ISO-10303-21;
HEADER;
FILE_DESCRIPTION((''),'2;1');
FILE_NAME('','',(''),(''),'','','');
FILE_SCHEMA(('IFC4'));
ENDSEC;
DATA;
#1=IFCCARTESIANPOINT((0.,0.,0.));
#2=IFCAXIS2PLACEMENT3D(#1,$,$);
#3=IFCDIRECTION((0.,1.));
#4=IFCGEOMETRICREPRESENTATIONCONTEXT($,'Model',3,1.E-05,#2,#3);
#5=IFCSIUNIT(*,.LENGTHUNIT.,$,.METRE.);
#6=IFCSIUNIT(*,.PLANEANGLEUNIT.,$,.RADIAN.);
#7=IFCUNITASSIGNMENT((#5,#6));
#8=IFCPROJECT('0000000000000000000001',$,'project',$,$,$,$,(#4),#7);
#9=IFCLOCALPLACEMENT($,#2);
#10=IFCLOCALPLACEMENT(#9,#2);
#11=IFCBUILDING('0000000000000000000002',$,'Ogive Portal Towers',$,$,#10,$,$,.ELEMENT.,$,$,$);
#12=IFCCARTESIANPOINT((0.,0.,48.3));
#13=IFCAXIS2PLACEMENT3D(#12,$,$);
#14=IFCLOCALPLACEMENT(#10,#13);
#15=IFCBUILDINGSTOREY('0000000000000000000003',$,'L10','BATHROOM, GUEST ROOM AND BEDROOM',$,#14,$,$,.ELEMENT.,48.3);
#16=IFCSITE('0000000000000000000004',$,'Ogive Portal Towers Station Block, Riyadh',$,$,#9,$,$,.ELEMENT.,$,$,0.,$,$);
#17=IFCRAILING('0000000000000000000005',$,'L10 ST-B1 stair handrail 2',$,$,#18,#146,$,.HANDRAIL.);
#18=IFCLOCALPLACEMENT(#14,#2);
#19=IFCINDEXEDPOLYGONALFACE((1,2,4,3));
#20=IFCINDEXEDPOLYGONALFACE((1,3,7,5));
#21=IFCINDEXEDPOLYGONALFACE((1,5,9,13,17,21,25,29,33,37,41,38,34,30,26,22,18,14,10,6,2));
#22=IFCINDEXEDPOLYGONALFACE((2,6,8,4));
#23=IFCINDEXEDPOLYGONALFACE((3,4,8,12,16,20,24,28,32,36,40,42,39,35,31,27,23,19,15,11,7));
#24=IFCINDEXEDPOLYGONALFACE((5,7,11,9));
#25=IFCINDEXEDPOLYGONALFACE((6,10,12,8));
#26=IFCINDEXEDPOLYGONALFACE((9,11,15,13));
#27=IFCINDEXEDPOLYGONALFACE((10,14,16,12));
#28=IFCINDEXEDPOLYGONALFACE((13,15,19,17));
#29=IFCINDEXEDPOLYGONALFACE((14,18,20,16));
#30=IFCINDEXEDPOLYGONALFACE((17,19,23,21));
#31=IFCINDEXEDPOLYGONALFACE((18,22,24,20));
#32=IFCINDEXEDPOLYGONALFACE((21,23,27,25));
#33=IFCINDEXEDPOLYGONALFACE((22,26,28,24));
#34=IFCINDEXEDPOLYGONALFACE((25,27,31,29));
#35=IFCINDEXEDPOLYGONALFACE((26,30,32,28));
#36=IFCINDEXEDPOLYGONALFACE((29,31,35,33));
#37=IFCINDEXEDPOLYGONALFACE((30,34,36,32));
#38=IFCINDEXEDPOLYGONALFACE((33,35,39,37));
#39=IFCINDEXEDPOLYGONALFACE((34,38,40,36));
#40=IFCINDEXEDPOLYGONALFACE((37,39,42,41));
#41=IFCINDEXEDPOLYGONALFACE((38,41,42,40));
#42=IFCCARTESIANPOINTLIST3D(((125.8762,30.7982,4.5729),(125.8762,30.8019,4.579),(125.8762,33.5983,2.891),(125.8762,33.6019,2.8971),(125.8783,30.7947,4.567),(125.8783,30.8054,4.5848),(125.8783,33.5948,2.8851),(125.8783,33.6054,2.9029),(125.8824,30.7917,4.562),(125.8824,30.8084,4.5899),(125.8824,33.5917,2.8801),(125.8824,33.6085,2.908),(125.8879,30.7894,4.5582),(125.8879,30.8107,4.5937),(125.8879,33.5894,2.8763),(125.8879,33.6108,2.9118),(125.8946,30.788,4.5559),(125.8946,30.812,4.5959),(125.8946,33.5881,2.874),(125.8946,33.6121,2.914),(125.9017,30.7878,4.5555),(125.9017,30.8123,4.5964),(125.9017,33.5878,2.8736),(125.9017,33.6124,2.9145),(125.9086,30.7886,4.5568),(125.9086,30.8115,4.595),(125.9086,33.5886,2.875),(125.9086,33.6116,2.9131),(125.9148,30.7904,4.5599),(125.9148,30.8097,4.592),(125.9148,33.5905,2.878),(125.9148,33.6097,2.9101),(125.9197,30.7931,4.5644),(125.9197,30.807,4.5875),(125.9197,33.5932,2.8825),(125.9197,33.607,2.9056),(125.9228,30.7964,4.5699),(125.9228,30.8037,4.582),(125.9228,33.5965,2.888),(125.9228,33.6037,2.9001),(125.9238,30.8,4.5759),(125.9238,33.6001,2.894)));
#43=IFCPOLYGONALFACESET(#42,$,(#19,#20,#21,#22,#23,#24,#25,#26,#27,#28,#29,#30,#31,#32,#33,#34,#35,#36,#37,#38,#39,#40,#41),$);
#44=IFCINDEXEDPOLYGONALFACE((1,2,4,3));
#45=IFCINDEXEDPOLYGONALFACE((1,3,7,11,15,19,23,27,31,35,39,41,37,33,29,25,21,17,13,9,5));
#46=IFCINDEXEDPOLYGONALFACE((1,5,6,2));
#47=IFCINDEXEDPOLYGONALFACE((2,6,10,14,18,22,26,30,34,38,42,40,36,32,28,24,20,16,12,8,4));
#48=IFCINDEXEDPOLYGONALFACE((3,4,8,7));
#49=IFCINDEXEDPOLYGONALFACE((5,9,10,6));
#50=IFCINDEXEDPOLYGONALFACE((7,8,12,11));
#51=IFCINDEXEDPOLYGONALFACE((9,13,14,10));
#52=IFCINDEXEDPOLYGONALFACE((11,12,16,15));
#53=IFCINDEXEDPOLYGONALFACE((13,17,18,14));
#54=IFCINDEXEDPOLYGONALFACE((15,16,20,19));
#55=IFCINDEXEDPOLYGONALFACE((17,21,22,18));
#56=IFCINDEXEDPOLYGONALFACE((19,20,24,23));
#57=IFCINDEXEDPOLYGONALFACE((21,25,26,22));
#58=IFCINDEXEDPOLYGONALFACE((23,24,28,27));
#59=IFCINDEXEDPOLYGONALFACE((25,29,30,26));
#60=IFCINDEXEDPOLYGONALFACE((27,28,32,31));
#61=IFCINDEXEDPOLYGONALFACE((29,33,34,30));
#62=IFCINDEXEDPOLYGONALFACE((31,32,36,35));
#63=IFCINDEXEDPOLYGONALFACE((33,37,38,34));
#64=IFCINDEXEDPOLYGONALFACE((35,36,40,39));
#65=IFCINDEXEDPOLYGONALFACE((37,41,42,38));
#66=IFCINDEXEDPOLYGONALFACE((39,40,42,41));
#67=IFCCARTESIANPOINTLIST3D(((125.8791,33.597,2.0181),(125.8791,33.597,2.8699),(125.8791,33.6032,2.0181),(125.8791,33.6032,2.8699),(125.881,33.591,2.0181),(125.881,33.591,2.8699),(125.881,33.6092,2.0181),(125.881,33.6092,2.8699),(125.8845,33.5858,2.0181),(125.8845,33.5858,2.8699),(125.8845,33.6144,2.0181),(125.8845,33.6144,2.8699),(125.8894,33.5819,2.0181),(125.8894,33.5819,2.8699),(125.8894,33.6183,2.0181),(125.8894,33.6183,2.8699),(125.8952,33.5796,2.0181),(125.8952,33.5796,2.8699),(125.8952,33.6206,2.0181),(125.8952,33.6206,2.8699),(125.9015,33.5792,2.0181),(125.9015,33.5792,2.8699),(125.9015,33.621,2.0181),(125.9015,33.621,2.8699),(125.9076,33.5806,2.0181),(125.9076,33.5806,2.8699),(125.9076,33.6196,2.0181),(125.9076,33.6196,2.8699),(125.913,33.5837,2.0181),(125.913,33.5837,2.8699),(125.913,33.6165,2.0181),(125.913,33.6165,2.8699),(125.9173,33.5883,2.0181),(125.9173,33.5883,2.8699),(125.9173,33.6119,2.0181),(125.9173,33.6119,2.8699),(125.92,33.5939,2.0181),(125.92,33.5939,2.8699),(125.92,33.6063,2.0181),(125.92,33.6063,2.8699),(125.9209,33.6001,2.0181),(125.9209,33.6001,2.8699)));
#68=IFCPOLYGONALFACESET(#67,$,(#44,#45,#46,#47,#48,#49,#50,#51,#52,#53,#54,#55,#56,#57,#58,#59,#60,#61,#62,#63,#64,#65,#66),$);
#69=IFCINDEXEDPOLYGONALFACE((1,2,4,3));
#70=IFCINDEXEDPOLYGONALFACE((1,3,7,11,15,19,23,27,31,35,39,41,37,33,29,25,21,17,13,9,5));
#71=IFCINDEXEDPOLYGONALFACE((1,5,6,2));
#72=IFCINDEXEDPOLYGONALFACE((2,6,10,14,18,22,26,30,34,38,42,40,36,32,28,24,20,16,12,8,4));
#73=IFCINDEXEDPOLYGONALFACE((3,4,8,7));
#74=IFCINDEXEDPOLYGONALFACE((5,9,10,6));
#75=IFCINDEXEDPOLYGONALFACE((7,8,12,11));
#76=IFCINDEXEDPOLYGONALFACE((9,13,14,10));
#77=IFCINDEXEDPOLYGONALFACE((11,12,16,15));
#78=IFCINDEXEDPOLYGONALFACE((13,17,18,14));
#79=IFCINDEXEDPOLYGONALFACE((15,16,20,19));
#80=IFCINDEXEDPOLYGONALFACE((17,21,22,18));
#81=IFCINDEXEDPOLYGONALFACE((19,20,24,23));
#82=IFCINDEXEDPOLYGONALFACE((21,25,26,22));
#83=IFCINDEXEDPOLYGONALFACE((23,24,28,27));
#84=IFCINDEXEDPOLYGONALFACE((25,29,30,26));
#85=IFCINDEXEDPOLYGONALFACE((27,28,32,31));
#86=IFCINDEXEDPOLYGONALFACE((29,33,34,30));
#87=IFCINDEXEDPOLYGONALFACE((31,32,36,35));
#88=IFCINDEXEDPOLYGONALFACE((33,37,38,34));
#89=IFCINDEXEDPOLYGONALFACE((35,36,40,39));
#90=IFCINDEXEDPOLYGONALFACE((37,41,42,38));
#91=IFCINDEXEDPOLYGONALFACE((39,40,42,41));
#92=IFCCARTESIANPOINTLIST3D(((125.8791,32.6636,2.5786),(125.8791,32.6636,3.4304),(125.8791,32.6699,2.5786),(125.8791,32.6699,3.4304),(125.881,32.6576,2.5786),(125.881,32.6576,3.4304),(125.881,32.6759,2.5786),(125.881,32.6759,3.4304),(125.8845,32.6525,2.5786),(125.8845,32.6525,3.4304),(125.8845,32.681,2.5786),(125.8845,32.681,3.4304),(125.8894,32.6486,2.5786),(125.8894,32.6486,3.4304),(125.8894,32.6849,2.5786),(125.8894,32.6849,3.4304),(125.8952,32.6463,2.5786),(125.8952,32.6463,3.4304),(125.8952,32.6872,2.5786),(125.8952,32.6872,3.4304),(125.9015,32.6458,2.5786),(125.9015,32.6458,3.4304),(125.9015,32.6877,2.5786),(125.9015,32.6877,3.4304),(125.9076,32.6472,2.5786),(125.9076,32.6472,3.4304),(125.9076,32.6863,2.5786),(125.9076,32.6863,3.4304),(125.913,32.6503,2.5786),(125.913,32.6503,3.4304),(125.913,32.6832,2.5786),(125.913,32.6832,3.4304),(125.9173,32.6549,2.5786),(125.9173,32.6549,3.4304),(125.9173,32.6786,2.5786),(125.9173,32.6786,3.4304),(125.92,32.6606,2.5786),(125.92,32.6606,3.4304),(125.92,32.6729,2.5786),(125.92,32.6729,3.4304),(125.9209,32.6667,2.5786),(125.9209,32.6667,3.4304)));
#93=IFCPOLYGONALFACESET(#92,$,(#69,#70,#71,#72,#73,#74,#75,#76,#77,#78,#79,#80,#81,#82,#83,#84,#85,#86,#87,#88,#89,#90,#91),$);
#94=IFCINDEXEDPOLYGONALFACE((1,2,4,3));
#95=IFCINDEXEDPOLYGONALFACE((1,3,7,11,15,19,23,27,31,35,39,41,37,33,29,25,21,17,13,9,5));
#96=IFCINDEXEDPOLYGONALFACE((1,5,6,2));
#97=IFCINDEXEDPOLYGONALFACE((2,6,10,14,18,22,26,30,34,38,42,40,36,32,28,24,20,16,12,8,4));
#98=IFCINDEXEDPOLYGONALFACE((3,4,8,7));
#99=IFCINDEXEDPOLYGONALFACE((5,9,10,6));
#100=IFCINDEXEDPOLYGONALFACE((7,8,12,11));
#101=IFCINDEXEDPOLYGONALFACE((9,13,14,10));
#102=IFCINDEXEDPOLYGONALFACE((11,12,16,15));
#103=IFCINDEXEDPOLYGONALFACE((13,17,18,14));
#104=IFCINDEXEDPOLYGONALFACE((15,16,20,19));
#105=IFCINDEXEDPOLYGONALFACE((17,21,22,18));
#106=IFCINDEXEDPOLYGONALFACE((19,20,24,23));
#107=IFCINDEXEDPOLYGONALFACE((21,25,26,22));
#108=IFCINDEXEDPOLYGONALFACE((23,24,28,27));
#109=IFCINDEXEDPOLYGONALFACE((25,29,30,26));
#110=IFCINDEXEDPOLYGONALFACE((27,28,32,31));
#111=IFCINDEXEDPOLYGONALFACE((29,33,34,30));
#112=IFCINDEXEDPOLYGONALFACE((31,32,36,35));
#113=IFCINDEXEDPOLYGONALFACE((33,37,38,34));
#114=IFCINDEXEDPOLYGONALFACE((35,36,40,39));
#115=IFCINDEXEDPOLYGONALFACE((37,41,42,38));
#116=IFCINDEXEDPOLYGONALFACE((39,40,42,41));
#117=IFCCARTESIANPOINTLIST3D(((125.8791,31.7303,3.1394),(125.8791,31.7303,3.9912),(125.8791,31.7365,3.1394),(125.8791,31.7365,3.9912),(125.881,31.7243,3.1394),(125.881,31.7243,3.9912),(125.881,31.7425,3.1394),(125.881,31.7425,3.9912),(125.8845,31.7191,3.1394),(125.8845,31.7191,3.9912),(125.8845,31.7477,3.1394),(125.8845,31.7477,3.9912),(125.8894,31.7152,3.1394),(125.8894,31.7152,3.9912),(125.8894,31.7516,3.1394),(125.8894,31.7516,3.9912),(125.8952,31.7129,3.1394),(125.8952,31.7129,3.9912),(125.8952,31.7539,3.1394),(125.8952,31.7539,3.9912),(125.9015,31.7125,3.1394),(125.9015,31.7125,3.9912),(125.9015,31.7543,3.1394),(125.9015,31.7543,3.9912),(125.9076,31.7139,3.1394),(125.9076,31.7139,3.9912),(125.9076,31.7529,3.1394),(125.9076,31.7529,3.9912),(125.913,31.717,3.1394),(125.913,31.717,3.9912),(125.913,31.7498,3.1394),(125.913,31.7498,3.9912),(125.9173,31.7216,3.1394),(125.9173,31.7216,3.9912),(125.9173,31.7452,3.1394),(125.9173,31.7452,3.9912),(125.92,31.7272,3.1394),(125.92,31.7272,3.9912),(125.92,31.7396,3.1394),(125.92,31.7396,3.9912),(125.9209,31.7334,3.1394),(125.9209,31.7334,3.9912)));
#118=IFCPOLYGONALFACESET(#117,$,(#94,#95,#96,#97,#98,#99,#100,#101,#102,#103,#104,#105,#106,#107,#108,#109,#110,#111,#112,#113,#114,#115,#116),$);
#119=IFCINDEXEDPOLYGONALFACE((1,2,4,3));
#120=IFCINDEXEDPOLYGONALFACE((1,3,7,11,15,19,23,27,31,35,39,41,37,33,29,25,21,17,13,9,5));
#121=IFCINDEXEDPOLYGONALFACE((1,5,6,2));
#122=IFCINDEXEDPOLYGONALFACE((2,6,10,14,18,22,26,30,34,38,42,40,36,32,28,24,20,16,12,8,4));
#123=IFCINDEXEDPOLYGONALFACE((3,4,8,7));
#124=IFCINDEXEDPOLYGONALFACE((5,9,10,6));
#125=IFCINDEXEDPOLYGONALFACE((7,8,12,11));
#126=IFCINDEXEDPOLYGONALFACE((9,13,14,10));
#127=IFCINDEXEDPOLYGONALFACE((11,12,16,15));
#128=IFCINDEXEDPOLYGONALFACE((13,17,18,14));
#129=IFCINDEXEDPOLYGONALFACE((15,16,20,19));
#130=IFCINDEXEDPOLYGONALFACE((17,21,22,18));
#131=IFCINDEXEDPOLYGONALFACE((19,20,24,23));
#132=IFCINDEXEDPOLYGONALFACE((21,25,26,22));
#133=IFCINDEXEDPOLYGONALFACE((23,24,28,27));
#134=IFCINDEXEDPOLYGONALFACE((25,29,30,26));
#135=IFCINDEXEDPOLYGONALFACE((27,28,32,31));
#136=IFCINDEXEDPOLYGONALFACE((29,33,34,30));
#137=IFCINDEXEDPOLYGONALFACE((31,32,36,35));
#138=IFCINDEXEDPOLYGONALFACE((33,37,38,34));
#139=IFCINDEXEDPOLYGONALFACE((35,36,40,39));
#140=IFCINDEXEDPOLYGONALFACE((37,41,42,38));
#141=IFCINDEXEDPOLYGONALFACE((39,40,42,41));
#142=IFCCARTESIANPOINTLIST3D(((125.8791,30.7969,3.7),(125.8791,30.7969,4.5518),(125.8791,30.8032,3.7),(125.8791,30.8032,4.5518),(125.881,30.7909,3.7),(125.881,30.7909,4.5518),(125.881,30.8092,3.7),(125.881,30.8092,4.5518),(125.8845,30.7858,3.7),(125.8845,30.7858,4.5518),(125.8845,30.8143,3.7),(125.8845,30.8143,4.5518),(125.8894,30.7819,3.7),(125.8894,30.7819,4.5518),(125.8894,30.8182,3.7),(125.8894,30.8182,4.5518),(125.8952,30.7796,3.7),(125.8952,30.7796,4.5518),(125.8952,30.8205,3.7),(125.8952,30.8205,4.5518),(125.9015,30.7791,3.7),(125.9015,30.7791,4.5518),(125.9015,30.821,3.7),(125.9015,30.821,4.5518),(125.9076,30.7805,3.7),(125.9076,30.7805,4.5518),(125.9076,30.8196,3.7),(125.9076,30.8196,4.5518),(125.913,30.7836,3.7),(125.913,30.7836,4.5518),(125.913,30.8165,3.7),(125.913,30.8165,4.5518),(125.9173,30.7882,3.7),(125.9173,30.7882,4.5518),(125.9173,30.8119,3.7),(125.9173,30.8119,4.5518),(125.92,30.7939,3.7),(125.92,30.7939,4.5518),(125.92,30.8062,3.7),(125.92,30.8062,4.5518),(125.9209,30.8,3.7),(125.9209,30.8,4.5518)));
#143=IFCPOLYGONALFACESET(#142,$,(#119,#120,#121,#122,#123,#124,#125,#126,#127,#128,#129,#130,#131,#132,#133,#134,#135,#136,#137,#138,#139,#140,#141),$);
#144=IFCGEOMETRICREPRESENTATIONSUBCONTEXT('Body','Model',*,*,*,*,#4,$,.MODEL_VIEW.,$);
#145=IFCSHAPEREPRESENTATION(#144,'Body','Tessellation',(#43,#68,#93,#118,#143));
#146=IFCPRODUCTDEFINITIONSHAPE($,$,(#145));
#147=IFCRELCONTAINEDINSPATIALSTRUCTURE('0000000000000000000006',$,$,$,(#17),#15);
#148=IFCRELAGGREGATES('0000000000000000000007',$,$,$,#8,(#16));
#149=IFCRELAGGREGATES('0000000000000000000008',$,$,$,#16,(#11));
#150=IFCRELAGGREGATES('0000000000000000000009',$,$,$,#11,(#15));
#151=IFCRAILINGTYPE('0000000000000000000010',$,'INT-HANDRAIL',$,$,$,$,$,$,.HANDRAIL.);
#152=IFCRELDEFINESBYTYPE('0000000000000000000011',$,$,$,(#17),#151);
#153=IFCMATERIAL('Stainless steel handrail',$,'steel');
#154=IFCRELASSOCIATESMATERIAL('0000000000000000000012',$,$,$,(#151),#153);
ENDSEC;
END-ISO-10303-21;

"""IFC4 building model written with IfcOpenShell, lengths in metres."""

from ifc_helpers import new_model, si_unit, direction, frame, origin, origin_2d, place, context, subcontext, project, spatial, circle, extrude, material, type_object, element, save


model = new_model("IFC4")

# Units and contexts
model_context = context("Model", 3, precision=1e-05, world=origin(), true_north=direction((0.0, 1.0)))
body_context = subcontext(model_context, "Body", "Model", "MODEL_VIEW")
ifc_project = project(units=[si_unit("LENGTHUNIT", "METRE"), si_unit("PLANEANGLEUNIT", "RADIAN")], contexts=[model_context])

# Site, building, storey
site_placement = place(None, origin())
site = spatial("IfcSite", under=ifc_project, at=site_placement, Name="Ogive Portal Towers Station Block, Riyadh", CompositionType="ELEMENT", RefElevation=0.0)
building_placement = place(site_placement, origin())
building = spatial("IfcBuilding", under=site, at=building_placement, Name="Ogive Portal Towers", CompositionType="ELEMENT")
storey_placement = place(building_placement, frame((0.0, 0.0, 48.3)))
storey = spatial("IfcBuildingStorey", under=building, at=storey_placement, Name="L10", Description="BATHROOM, GUEST ROOM AND BEDROOM", CompositionType="ELEMENT", Elevation=48.3)

# Railing
ifc_material_1 = material(Name="Stainless steel handrail", Category="steel")
railing_type = type_object("IfcRailingType", Name="INT-HANDRAIL", PredefinedType="HANDRAIL", material=ifc_material_1)
railing_placement = place(storey_placement, frame((125.8999, 33.6001, 2.0181)))
element("IfcRailing", 1, at=railing_placement, inside=storey, type_object=railing_type, Name="L10 ST-B1 stair handrail 2", PredefinedType="HANDRAIL", context=body_context, shape_type="SweptSolid", body=[
    extrude(circle(Radius=0.0239, at=origin_2d()), frame((0.0, 0.0, 0.876), z_axis=(0.0, -0.857242, 0.514913), x_axis=(1.0, 0.0, 0.0)), (0.0, 0.0, 1.0), 3.2664),
    extrude(circle(Radius=0.021, at=origin_2d()), origin(), (0.0, 0.0, 1.0), 0.8518),
    extrude(circle(Radius=0.021, at=origin_2d()), frame((0.0, -0.9333, 0.5605)), (0.0, 0.0, 1.0), 0.8518),
    extrude(circle(Radius=0.021, at=origin_2d()), frame((0.0, -1.8667, 1.1213)), (0.0, 0.0, 1.0), 0.8518),
    extrude(circle(Radius=0.021, at=origin_2d()), frame((0.0, -2.8, 1.6819)), (0.0, 0.0, 1.0), 0.8518),
])

save(model, "model.ifc")
